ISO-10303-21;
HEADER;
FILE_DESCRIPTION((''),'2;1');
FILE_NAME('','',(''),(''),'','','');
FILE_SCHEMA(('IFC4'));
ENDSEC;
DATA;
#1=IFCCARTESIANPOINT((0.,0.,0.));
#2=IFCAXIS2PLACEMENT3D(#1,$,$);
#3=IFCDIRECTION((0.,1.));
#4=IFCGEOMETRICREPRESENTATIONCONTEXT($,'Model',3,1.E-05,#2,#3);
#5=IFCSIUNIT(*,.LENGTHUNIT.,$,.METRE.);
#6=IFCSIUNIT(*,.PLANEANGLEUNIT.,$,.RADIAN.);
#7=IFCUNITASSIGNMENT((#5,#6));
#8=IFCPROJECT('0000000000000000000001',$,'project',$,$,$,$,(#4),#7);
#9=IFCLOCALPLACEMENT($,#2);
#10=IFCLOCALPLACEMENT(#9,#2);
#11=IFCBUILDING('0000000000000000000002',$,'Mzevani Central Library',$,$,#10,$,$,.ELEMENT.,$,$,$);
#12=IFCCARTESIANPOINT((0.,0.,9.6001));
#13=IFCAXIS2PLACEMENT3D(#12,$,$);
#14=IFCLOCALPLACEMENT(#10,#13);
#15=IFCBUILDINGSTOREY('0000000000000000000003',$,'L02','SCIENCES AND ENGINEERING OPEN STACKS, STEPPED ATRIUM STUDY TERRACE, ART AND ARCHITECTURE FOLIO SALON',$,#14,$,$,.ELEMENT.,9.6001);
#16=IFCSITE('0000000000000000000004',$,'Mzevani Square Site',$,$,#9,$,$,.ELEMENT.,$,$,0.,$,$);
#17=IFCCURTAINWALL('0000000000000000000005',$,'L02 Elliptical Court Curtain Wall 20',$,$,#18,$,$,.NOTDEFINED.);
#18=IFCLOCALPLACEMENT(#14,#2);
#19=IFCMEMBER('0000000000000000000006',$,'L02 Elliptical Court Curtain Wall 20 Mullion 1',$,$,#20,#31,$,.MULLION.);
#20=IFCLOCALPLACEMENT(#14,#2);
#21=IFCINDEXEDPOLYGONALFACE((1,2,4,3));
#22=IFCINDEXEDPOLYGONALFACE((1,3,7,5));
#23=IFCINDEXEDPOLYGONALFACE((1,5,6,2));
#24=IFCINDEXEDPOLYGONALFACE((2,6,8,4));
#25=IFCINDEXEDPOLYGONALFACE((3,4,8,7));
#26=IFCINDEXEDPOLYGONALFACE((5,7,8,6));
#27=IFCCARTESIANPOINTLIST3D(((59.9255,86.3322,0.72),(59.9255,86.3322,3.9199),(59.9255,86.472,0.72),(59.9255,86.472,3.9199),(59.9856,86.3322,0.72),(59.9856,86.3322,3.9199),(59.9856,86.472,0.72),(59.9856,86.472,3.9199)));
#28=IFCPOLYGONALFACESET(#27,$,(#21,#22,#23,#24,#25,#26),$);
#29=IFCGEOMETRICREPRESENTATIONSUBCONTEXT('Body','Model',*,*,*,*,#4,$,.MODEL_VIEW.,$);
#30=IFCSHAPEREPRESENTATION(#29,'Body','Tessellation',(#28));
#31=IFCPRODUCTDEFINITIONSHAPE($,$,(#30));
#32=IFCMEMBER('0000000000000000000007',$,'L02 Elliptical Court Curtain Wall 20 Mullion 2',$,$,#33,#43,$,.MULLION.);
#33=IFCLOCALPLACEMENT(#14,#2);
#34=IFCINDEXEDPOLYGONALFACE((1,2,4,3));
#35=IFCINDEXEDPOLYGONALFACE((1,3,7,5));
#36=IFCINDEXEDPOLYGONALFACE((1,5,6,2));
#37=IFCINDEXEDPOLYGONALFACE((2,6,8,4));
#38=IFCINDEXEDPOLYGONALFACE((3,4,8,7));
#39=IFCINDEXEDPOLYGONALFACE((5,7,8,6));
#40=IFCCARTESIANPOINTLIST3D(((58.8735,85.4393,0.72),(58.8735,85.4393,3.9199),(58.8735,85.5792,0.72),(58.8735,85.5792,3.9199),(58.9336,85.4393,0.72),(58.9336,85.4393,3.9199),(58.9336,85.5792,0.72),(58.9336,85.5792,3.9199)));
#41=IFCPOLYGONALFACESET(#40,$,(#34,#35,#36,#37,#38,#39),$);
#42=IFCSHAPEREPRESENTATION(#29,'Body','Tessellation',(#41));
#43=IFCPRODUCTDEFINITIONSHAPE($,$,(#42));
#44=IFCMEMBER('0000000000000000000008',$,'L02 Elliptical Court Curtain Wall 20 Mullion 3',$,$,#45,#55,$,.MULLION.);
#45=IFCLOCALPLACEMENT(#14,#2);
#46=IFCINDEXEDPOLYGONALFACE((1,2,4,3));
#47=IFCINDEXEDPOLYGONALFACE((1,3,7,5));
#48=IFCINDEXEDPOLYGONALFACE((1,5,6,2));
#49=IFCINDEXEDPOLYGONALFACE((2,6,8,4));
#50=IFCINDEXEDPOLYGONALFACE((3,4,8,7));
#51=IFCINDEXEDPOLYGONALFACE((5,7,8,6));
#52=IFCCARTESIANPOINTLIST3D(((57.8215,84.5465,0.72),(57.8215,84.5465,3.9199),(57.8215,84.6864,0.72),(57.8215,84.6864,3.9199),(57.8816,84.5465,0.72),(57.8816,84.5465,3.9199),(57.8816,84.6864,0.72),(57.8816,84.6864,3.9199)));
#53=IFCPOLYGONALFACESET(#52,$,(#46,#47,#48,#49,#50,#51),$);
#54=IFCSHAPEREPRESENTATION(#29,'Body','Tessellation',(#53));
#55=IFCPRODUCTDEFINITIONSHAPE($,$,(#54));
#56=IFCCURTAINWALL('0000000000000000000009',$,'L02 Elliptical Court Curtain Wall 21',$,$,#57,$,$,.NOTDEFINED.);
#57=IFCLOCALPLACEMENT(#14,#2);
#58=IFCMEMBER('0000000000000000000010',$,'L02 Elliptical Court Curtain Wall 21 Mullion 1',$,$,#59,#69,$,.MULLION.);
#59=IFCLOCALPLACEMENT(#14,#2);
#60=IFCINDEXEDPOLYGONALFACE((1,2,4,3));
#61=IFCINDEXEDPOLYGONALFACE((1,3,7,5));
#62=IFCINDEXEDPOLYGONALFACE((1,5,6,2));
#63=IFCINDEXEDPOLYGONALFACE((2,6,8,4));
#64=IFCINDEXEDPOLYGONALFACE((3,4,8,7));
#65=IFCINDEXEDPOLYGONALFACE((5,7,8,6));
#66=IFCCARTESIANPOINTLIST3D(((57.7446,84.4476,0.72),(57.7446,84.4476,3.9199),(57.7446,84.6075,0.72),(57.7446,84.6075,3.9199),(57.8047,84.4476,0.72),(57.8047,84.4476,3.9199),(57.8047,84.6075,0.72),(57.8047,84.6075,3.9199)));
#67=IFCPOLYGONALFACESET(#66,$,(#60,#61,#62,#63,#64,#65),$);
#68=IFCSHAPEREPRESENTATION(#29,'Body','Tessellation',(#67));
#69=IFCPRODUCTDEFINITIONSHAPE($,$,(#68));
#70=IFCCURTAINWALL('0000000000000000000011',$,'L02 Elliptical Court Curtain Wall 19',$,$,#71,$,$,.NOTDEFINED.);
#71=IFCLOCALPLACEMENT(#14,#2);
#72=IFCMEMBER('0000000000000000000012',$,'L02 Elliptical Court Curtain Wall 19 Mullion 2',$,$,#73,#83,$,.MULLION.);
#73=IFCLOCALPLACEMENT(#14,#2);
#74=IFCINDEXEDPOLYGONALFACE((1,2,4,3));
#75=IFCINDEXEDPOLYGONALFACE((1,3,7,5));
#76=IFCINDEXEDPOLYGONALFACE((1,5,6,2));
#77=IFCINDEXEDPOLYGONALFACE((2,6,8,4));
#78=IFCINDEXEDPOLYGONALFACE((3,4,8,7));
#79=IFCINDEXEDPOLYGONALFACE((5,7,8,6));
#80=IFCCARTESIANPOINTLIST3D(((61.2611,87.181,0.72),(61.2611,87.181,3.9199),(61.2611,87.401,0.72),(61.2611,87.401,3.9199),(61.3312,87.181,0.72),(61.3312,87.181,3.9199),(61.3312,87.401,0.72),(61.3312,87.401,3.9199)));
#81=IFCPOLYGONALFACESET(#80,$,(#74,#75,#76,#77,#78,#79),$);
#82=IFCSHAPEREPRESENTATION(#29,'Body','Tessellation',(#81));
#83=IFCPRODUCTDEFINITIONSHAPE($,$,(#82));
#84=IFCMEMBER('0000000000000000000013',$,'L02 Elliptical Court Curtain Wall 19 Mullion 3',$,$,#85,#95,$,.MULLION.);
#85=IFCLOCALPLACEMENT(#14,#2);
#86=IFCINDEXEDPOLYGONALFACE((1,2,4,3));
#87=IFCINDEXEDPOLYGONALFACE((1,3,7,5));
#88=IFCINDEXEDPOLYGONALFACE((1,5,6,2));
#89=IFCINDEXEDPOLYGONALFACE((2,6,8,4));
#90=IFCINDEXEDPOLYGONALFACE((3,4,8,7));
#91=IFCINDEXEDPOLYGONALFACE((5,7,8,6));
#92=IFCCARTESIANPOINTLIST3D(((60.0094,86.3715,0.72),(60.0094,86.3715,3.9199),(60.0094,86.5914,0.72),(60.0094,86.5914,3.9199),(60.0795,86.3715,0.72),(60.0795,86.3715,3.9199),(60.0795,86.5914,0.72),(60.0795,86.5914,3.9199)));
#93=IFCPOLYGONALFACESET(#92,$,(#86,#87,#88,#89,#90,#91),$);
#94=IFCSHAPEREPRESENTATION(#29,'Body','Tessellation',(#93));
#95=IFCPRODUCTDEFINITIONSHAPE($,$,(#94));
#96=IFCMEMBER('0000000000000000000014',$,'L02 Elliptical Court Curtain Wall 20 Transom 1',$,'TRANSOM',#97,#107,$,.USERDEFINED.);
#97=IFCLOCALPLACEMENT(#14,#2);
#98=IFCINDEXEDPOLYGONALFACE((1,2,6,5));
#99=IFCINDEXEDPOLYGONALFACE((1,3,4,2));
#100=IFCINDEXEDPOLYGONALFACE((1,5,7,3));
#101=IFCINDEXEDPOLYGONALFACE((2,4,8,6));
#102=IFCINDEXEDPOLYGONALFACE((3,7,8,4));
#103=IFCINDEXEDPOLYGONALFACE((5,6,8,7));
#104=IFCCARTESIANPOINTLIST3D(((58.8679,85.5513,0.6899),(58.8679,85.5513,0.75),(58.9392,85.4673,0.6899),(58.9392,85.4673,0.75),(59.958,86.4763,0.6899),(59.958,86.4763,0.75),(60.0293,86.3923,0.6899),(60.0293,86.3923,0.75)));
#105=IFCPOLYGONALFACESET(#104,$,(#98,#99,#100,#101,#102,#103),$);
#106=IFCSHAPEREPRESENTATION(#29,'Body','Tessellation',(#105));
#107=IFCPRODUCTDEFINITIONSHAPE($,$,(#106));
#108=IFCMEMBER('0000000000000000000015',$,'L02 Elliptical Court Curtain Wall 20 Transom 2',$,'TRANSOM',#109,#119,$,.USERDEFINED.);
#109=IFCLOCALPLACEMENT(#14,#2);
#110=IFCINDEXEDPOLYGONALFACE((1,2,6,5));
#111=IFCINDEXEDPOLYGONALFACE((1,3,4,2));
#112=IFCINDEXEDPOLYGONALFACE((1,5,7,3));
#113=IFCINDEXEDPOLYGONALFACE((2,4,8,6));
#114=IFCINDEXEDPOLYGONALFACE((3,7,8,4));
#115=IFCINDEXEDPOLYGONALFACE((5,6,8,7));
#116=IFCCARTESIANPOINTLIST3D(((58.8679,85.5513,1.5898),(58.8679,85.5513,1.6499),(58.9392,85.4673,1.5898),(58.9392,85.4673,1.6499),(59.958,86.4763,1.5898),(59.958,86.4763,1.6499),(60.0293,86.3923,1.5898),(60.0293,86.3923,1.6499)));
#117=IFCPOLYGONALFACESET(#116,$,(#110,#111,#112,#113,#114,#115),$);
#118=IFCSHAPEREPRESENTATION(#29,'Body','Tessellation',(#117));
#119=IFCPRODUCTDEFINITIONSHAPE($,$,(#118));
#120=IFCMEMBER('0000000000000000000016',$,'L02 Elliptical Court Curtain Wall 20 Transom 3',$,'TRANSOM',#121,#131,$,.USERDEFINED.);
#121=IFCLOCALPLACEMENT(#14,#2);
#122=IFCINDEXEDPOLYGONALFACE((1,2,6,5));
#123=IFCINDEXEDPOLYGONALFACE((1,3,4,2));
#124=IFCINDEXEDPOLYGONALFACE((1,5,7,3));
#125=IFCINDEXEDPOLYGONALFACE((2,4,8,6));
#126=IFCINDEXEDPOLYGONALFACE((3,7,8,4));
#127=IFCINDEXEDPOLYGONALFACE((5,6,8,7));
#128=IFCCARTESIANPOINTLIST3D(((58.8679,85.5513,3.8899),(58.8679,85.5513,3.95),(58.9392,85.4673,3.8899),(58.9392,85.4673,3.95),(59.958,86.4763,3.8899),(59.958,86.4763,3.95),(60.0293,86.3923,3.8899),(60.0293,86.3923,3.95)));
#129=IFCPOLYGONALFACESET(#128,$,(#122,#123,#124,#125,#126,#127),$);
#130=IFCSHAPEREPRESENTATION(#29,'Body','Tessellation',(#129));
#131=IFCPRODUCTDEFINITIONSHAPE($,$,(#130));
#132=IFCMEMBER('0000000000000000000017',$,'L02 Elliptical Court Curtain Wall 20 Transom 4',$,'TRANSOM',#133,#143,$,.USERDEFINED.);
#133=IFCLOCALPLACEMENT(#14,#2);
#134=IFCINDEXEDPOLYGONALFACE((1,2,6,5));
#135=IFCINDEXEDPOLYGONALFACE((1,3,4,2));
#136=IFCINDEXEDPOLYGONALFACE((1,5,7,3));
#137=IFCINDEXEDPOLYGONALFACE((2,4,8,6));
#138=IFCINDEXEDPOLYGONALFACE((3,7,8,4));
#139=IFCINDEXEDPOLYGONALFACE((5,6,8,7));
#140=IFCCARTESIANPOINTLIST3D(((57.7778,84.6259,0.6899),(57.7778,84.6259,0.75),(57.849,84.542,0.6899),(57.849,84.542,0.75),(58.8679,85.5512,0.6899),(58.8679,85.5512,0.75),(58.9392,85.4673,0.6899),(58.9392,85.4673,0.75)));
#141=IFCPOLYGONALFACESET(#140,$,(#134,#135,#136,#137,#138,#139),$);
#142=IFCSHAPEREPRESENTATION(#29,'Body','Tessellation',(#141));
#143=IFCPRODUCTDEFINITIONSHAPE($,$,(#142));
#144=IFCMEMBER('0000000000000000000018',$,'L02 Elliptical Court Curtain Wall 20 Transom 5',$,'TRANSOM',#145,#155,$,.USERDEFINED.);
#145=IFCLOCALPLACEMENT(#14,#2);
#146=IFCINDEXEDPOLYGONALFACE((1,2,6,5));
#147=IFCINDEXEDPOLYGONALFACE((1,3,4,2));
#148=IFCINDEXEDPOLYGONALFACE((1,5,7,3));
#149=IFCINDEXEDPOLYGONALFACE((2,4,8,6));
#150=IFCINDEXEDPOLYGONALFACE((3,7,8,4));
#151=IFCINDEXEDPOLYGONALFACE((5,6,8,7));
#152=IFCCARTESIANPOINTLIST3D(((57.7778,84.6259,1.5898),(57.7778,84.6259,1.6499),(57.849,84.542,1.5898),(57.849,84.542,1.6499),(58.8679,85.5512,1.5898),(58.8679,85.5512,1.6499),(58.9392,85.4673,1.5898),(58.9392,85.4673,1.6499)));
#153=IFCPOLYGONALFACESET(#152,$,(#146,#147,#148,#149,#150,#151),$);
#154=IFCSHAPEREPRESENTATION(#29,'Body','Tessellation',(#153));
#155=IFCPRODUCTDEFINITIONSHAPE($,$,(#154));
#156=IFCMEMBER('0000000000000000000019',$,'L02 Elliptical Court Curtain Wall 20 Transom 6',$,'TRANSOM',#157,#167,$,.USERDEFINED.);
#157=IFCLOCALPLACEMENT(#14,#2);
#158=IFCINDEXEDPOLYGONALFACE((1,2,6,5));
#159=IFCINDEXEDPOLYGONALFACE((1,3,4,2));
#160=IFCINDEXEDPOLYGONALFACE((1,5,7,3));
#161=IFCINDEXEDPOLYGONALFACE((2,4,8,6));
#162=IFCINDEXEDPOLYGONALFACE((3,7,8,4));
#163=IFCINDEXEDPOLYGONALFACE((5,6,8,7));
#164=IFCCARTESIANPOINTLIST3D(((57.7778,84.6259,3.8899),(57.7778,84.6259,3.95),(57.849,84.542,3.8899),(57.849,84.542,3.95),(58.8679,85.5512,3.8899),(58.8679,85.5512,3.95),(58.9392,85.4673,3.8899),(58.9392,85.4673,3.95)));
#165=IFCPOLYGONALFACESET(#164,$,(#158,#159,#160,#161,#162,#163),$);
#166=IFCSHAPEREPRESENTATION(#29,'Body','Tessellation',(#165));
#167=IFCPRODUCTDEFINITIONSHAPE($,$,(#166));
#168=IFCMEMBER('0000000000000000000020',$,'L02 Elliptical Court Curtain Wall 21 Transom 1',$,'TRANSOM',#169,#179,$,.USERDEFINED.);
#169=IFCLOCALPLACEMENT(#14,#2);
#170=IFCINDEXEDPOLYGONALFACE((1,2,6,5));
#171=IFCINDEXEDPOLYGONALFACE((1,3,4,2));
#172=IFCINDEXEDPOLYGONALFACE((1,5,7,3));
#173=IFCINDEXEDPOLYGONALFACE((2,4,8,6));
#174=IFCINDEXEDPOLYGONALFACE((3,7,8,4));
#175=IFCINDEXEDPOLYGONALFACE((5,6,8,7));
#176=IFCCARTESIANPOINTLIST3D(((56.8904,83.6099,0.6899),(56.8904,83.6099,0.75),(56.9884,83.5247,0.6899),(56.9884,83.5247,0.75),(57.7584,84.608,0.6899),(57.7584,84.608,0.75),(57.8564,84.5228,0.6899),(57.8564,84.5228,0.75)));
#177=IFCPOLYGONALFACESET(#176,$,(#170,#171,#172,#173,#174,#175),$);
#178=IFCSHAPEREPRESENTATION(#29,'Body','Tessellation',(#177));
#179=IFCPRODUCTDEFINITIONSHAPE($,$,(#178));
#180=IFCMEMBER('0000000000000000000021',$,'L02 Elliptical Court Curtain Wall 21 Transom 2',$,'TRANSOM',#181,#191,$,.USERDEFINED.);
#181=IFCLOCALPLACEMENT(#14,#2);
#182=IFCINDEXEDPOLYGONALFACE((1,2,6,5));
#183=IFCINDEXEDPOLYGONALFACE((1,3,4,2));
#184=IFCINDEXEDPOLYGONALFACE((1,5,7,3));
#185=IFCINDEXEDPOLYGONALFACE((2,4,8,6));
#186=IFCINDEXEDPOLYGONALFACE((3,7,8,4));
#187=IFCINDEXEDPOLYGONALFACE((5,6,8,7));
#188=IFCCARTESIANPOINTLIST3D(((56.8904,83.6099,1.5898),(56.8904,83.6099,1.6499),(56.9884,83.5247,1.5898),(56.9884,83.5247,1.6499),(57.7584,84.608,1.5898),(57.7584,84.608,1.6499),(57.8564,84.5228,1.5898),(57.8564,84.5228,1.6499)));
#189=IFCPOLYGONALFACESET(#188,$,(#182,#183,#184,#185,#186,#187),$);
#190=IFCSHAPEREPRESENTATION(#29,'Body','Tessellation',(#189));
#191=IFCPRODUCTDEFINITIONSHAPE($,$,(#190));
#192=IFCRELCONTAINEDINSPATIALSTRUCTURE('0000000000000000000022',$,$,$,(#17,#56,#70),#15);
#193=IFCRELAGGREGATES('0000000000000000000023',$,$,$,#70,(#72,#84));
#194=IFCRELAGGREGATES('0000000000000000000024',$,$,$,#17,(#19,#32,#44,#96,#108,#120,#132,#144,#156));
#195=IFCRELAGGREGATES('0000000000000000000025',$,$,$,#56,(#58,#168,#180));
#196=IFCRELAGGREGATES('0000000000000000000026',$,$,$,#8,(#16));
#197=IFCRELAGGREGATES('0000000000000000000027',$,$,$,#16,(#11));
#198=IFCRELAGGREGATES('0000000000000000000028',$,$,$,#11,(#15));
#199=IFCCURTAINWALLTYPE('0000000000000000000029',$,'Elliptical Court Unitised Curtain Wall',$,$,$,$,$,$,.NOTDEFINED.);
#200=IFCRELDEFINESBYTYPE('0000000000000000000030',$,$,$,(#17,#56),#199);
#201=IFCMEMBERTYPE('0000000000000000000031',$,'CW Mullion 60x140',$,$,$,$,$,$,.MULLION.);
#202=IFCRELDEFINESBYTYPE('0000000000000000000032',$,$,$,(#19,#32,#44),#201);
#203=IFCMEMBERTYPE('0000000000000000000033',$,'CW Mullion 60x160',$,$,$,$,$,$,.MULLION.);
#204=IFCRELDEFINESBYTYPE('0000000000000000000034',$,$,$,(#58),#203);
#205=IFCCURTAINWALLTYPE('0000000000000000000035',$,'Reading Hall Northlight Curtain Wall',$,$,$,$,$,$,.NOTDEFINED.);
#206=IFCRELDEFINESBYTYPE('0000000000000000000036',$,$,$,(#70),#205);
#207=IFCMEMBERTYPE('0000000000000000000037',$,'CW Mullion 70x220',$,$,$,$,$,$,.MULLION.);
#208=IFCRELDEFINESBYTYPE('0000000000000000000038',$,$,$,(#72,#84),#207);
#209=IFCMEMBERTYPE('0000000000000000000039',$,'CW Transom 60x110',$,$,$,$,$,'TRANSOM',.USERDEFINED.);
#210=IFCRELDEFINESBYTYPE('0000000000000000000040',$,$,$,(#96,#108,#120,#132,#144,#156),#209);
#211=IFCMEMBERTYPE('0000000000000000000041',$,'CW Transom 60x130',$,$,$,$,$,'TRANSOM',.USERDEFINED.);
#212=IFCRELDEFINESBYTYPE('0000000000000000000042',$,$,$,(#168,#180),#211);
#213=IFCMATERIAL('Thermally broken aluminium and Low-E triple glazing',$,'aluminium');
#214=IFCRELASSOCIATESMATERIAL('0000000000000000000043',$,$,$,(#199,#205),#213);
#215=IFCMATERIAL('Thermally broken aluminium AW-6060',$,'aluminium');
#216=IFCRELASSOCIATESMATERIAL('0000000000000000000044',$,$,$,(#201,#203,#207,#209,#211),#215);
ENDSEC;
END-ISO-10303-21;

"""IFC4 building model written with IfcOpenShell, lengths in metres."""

from ifc_helpers import new_model, si_unit, direction, frame, origin, origin_2d, place, context, subcontext, project, spatial, rectangle, extrude, material, material_profile, profile_set, type_object, element, aggregate, save


model = new_model("IFC4")

# Units and contexts
model_context = context("Model", 3, precision=1e-05, world=origin(), true_north=direction((0.0, 1.0)))
body_context = subcontext(model_context, "Body", "Model", "MODEL_VIEW")
ifc_project = project(units=[si_unit("LENGTHUNIT", "METRE"), si_unit("PLANEANGLEUNIT", "RADIAN")], contexts=[model_context])

# Site, building, storey
site_placement = place(None, origin())
site = spatial("IfcSite", under=ifc_project, at=site_placement, Name="Mzevani Square Site", CompositionType="ELEMENT", RefElevation=0.0)
building_placement = place(site_placement, origin())
building = spatial("IfcBuilding", under=site, at=building_placement, Name="Mzevani Central Library", CompositionType="ELEMENT")
storey_placement = place(building_placement, frame((0.0, 0.0, 9.6001)))
storey = spatial("IfcBuildingStorey", under=building, at=storey_placement, Name="L02", Description="SCIENCES AND ENGINEERING OPEN STACKS, STEPPED ATRIUM STUDY TERRACE, ART AND ARCHITECTURE FOLIO SALON", CompositionType="ELEMENT", Elevation=9.6001)

# Curtain wall, members
ifc_material_1 = material(Name="Thermally broken aluminium and Low-E triple glazing", Category="aluminium")
curtain_wall_type_1 = type_object("IfcCurtainWallType", Name="Elliptical Court Unitised Curtain Wall", PredefinedType="NOTDEFINED", material=ifc_material_1)
curtain_wall_1_placement = place(storey_placement, origin())
curtain_wall_1 = element("IfcCurtainWall", 1, at=curtain_wall_1_placement, inside=storey, type_object=curtain_wall_type_1, Name="L02 Elliptical Court Curtain Wall 20", PredefinedType="NOTDEFINED")
ifc_material_2 = material(Name="Thermally broken aluminium AW-6060", Category="aluminium")
ifc_material_profile_1 = material_profile(ifc_material_2, rectangle(XDim=0.0601, YDim=0.1399, at=origin_2d()), Name="ALU M60x140")
ifc_profile_set_1 = profile_set([ifc_material_profile_1], Name="Thermally broken aluminium AW-6060")
member_type_1 = type_object("IfcMemberType", Name="CW Mullion 60x140", PredefinedType="MULLION", material=ifc_profile_set_1)
member_1_placement = place(storey_placement, frame((59.9556, 86.4021, 0.72), z_axis=(0.0, 0.0, 1.0), x_axis=(1.0, 0.0, 0.0)))
member_1 = element("IfcMember", 2, at=member_1_placement, type_object=member_type_1, Name="L02 Elliptical Court Curtain Wall 20 Mullion 1", PredefinedType="MULLION", context=body_context, shape_type="SweptSolid", body=[
    extrude(rectangle(XDim=0.0601, YDim=0.1399, at=origin_2d()), origin(), (0.0, 0.0, 1.0), 3.2),
])
member_2_placement = place(storey_placement, frame((58.9036, 85.5093, 0.72), z_axis=(0.0, 0.0, 1.0), x_axis=(1.0, 0.0, 0.0)))
member_2 = element("IfcMember", 3, at=member_2_placement, type_object=member_type_1, Name="L02 Elliptical Court Curtain Wall 20 Mullion 2", PredefinedType="MULLION", context=body_context, shape_type="SweptSolid", body=[
    extrude(rectangle(XDim=0.0601, YDim=0.1399, at=origin_2d()), origin(), (0.0, 0.0, 1.0), 3.2),
])
member_3_placement = place(storey_placement, frame((57.8516, 84.6165, 0.72), z_axis=(0.0, 0.0, 1.0), x_axis=(1.0, 0.0, 0.0)))
member_3 = element("IfcMember", 4, at=member_3_placement, type_object=member_type_1, Name="L02 Elliptical Court Curtain Wall 20 Mullion 3", PredefinedType="MULLION", context=body_context, shape_type="SweptSolid", body=[
    extrude(rectangle(XDim=0.0601, YDim=0.1399, at=origin_2d()), origin(), (0.0, 0.0, 1.0), 3.2),
])

# Curtain wall, member
curtain_wall_2_placement = place(storey_placement, origin())
curtain_wall_2 = element("IfcCurtainWall", 5, at=curtain_wall_2_placement, inside=storey, type_object=curtain_wall_type_1, Name="L02 Elliptical Court Curtain Wall 21", PredefinedType="NOTDEFINED")
ifc_material_profile_2 = material_profile(ifc_material_2, rectangle(XDim=0.0601, YDim=0.1599, at=origin_2d()), Name="ALU M60x160")
ifc_profile_set_2 = profile_set([ifc_material_profile_2], Name="Thermally broken aluminium AW-6060")
member_type_2 = type_object("IfcMemberType", Name="CW Mullion 60x160", PredefinedType="MULLION", material=ifc_profile_set_2)
member_4_placement = place(storey_placement, frame((57.7747, 84.5276, 0.72), z_axis=(0.0, 0.0, 1.0), x_axis=(1.0, 0.0, 0.0)))
member_4 = element("IfcMember", 6, at=member_4_placement, type_object=member_type_2, Name="L02 Elliptical Court Curtain Wall 21 Mullion 1", PredefinedType="MULLION", context=body_context, shape_type="SweptSolid", body=[
    extrude(rectangle(XDim=0.0601, YDim=0.1599, at=origin_2d()), origin(), (0.0, 0.0, 1.0), 3.2),
])

# Curtain wall, members
curtain_wall_type_2 = type_object("IfcCurtainWallType", Name="Reading Hall Northlight Curtain Wall", PredefinedType="NOTDEFINED", material=ifc_material_1)
curtain_wall_3_placement = place(storey_placement, origin())
curtain_wall_3 = element("IfcCurtainWall", 7, at=curtain_wall_3_placement, inside=storey, type_object=curtain_wall_type_2, Name="L02 Elliptical Court Curtain Wall 19", PredefinedType="NOTDEFINED")
ifc_material_profile_3 = material_profile(ifc_material_2, rectangle(XDim=0.0701, YDim=0.22, at=origin_2d()), Name="ALU M70x220")
ifc_profile_set_3 = profile_set([ifc_material_profile_3], Name="Thermally broken aluminium AW-6060")
member_type_3 = type_object("IfcMemberType", Name="CW Mullion 70x220", PredefinedType="MULLION", material=ifc_profile_set_3)
member_5_placement = place(storey_placement, frame((61.2961, 87.291, 0.72), z_axis=(0.0, 0.0, 1.0), x_axis=(1.0, 0.0, 0.0)))
member_5 = element("IfcMember", 8, at=member_5_placement, type_object=member_type_3, Name="L02 Elliptical Court Curtain Wall 19 Mullion 2", PredefinedType="MULLION", context=body_context, shape_type="SweptSolid", body=[
    extrude(rectangle(XDim=0.0701, YDim=0.22, at=origin_2d()), origin(), (0.0, 0.0, 1.0), 3.2),
])
member_6_placement = place(storey_placement, frame((60.0444, 86.4814, 0.72), z_axis=(0.0, 0.0, 1.0), x_axis=(1.0, 0.0, 0.0)))
member_6 = element("IfcMember", 9, at=member_6_placement, type_object=member_type_3, Name="L02 Elliptical Court Curtain Wall 19 Mullion 3", PredefinedType="MULLION", context=body_context, shape_type="SweptSolid", body=[
    extrude(rectangle(XDim=0.0701, YDim=0.22, at=origin_2d()), origin(), (0.0, 0.0, 1.0), 3.2),
])

# Members
ifc_material_profile_4 = material_profile(ifc_material_2, rectangle(XDim=0.1101, YDim=0.0601, at=origin_2d()), Name="ALU T60x110")
ifc_profile_set_4 = profile_set([ifc_material_profile_4], Name="Thermally broken aluminium AW-6060")
member_type_4 = type_object("IfcMemberType", Name="CW Transom 60x110", ElementType="TRANSOM", PredefinedType="USERDEFINED", material=ifc_profile_set_4)
member_7_placement = place(storey_placement, frame((59.9937, 86.4343, 0.72), z_axis=(-0.762466, -0.647029, 0.0), x_axis=(0.647029, -0.762466, 0.0)))
member_7 = element("IfcMember", 10, at=member_7_placement, type_object=member_type_4, Name="L02 Elliptical Court Curtain Wall 20 Transom 1", ObjectType="TRANSOM", PredefinedType="USERDEFINED", context=body_context, shape_type="SweptSolid", body=[
    extrude(rectangle(XDim=0.1101, YDim=0.0601, at=origin_2d()), origin(), (0.0, 0.0, 1.0), 1.4297),
])
member_8_placement = place(storey_placement, frame((59.9937, 86.4343, 1.6199), z_axis=(-0.762466, -0.647029, 0.0), x_axis=(0.647029, -0.762466, 0.0)))
member_8 = element("IfcMember", 11, at=member_8_placement, type_object=member_type_4, Name="L02 Elliptical Court Curtain Wall 20 Transom 2", ObjectType="TRANSOM", PredefinedType="USERDEFINED", context=body_context, shape_type="SweptSolid", body=[
    extrude(rectangle(XDim=0.1101, YDim=0.0601, at=origin_2d()), origin(), (0.0, 0.0, 1.0), 1.4297),
])
member_9_placement = place(storey_placement, frame((59.9937, 86.4343, 3.9199), z_axis=(-0.762466, -0.647029, 0.0), x_axis=(0.647029, -0.762466, 0.0)))
member_9 = element("IfcMember", 12, at=member_9_placement, type_object=member_type_4, Name="L02 Elliptical Court Curtain Wall 20 Transom 3", ObjectType="TRANSOM", PredefinedType="USERDEFINED", context=body_context, shape_type="SweptSolid", body=[
    extrude(rectangle(XDim=0.1101, YDim=0.0601, at=origin_2d()), origin(), (0.0, 0.0, 1.0), 1.4297),
])
member_10_placement = place(storey_placement, frame((58.9036, 85.5093, 0.72), z_axis=(-0.762381, -0.647128, 0.0), x_axis=(0.647128, -0.762381, 0.0)))
member_10 = element("IfcMember", 13, at=member_10_placement, type_object=member_type_4, Name="L02 Elliptical Court Curtain Wall 20 Transom 4", ObjectType="TRANSOM", PredefinedType="USERDEFINED", context=body_context, shape_type="SweptSolid", body=[
    extrude(rectangle(XDim=0.1101, YDim=0.0601, at=origin_2d()), origin(), (0.0, 0.0, 1.0), 1.4299),
])
member_11_placement = place(storey_placement, frame((58.9036, 85.5093, 1.6199), z_axis=(-0.762381, -0.647128, 0.0), x_axis=(0.647128, -0.762381, 0.0)))
member_11 = element("IfcMember", 14, at=member_11_placement, type_object=member_type_4, Name="L02 Elliptical Court Curtain Wall 20 Transom 5", ObjectType="TRANSOM", PredefinedType="USERDEFINED", context=body_context, shape_type="SweptSolid", body=[
    extrude(rectangle(XDim=0.1101, YDim=0.0601, at=origin_2d()), origin(), (0.0, 0.0, 1.0), 1.4299),
])
member_12_placement = place(storey_placement, frame((58.9036, 85.5093, 3.9199), z_axis=(-0.762381, -0.647128, 0.0), x_axis=(0.647128, -0.762381, 0.0)))
member_12 = element("IfcMember", 15, at=member_12_placement, type_object=member_type_4, Name="L02 Elliptical Court Curtain Wall 20 Transom 6", ObjectType="TRANSOM", PredefinedType="USERDEFINED", context=body_context, shape_type="SweptSolid", body=[
    extrude(rectangle(XDim=0.1101, YDim=0.0601, at=origin_2d()), origin(), (0.0, 0.0, 1.0), 1.4299),
])
ifc_material_profile_5 = material_profile(ifc_material_2, rectangle(XDim=0.1299, YDim=0.0601, at=origin_2d()), Name="ALU T60x130")
ifc_profile_set_5 = profile_set([ifc_material_profile_5], Name="Thermally broken aluminium AW-6060")
member_type_5 = type_object("IfcMemberType", Name="CW Transom 60x130", ElementType="TRANSOM", PredefinedType="USERDEFINED", material=ifc_profile_set_5)
member_13_placement = place(storey_placement, frame((57.8074, 84.5654, 0.72), z_axis=(-0.656202, -0.754586, 0.0), x_axis=(0.754586, -0.656202, 0.0)))
member_13 = element("IfcMember", 16, at=member_13_placement, type_object=member_type_5, Name="L02 Elliptical Court Curtain Wall 21 Transom 1", ObjectType="TRANSOM", PredefinedType="USERDEFINED", context=body_context, shape_type="SweptSolid", body=[
    extrude(rectangle(XDim=0.1299, YDim=0.0601, at=origin_2d()), origin(), (0.0, 0.0, 1.0), 1.3228),
])
member_14_placement = place(storey_placement, frame((57.8074, 84.5654, 1.6199), z_axis=(-0.656202, -0.754586, 0.0), x_axis=(0.754586, -0.656202, 0.0)))
member_14 = element("IfcMember", 17, at=member_14_placement, type_object=member_type_5, Name="L02 Elliptical Court Curtain Wall 21 Transom 2", ObjectType="TRANSOM", PredefinedType="USERDEFINED", context=body_context, shape_type="SweptSolid", body=[
    extrude(rectangle(XDim=0.1299, YDim=0.0601, at=origin_2d()), origin(), (0.0, 0.0, 1.0), 1.3228),
])

aggregate(curtain_wall_3, [member_5, member_6])
aggregate(curtain_wall_1, [member_1, member_2, member_3, member_7, member_8, member_9, member_10, member_11, member_12])
aggregate(curtain_wall_2, [member_4, member_13, member_14])

save(model, "model.ifc")
